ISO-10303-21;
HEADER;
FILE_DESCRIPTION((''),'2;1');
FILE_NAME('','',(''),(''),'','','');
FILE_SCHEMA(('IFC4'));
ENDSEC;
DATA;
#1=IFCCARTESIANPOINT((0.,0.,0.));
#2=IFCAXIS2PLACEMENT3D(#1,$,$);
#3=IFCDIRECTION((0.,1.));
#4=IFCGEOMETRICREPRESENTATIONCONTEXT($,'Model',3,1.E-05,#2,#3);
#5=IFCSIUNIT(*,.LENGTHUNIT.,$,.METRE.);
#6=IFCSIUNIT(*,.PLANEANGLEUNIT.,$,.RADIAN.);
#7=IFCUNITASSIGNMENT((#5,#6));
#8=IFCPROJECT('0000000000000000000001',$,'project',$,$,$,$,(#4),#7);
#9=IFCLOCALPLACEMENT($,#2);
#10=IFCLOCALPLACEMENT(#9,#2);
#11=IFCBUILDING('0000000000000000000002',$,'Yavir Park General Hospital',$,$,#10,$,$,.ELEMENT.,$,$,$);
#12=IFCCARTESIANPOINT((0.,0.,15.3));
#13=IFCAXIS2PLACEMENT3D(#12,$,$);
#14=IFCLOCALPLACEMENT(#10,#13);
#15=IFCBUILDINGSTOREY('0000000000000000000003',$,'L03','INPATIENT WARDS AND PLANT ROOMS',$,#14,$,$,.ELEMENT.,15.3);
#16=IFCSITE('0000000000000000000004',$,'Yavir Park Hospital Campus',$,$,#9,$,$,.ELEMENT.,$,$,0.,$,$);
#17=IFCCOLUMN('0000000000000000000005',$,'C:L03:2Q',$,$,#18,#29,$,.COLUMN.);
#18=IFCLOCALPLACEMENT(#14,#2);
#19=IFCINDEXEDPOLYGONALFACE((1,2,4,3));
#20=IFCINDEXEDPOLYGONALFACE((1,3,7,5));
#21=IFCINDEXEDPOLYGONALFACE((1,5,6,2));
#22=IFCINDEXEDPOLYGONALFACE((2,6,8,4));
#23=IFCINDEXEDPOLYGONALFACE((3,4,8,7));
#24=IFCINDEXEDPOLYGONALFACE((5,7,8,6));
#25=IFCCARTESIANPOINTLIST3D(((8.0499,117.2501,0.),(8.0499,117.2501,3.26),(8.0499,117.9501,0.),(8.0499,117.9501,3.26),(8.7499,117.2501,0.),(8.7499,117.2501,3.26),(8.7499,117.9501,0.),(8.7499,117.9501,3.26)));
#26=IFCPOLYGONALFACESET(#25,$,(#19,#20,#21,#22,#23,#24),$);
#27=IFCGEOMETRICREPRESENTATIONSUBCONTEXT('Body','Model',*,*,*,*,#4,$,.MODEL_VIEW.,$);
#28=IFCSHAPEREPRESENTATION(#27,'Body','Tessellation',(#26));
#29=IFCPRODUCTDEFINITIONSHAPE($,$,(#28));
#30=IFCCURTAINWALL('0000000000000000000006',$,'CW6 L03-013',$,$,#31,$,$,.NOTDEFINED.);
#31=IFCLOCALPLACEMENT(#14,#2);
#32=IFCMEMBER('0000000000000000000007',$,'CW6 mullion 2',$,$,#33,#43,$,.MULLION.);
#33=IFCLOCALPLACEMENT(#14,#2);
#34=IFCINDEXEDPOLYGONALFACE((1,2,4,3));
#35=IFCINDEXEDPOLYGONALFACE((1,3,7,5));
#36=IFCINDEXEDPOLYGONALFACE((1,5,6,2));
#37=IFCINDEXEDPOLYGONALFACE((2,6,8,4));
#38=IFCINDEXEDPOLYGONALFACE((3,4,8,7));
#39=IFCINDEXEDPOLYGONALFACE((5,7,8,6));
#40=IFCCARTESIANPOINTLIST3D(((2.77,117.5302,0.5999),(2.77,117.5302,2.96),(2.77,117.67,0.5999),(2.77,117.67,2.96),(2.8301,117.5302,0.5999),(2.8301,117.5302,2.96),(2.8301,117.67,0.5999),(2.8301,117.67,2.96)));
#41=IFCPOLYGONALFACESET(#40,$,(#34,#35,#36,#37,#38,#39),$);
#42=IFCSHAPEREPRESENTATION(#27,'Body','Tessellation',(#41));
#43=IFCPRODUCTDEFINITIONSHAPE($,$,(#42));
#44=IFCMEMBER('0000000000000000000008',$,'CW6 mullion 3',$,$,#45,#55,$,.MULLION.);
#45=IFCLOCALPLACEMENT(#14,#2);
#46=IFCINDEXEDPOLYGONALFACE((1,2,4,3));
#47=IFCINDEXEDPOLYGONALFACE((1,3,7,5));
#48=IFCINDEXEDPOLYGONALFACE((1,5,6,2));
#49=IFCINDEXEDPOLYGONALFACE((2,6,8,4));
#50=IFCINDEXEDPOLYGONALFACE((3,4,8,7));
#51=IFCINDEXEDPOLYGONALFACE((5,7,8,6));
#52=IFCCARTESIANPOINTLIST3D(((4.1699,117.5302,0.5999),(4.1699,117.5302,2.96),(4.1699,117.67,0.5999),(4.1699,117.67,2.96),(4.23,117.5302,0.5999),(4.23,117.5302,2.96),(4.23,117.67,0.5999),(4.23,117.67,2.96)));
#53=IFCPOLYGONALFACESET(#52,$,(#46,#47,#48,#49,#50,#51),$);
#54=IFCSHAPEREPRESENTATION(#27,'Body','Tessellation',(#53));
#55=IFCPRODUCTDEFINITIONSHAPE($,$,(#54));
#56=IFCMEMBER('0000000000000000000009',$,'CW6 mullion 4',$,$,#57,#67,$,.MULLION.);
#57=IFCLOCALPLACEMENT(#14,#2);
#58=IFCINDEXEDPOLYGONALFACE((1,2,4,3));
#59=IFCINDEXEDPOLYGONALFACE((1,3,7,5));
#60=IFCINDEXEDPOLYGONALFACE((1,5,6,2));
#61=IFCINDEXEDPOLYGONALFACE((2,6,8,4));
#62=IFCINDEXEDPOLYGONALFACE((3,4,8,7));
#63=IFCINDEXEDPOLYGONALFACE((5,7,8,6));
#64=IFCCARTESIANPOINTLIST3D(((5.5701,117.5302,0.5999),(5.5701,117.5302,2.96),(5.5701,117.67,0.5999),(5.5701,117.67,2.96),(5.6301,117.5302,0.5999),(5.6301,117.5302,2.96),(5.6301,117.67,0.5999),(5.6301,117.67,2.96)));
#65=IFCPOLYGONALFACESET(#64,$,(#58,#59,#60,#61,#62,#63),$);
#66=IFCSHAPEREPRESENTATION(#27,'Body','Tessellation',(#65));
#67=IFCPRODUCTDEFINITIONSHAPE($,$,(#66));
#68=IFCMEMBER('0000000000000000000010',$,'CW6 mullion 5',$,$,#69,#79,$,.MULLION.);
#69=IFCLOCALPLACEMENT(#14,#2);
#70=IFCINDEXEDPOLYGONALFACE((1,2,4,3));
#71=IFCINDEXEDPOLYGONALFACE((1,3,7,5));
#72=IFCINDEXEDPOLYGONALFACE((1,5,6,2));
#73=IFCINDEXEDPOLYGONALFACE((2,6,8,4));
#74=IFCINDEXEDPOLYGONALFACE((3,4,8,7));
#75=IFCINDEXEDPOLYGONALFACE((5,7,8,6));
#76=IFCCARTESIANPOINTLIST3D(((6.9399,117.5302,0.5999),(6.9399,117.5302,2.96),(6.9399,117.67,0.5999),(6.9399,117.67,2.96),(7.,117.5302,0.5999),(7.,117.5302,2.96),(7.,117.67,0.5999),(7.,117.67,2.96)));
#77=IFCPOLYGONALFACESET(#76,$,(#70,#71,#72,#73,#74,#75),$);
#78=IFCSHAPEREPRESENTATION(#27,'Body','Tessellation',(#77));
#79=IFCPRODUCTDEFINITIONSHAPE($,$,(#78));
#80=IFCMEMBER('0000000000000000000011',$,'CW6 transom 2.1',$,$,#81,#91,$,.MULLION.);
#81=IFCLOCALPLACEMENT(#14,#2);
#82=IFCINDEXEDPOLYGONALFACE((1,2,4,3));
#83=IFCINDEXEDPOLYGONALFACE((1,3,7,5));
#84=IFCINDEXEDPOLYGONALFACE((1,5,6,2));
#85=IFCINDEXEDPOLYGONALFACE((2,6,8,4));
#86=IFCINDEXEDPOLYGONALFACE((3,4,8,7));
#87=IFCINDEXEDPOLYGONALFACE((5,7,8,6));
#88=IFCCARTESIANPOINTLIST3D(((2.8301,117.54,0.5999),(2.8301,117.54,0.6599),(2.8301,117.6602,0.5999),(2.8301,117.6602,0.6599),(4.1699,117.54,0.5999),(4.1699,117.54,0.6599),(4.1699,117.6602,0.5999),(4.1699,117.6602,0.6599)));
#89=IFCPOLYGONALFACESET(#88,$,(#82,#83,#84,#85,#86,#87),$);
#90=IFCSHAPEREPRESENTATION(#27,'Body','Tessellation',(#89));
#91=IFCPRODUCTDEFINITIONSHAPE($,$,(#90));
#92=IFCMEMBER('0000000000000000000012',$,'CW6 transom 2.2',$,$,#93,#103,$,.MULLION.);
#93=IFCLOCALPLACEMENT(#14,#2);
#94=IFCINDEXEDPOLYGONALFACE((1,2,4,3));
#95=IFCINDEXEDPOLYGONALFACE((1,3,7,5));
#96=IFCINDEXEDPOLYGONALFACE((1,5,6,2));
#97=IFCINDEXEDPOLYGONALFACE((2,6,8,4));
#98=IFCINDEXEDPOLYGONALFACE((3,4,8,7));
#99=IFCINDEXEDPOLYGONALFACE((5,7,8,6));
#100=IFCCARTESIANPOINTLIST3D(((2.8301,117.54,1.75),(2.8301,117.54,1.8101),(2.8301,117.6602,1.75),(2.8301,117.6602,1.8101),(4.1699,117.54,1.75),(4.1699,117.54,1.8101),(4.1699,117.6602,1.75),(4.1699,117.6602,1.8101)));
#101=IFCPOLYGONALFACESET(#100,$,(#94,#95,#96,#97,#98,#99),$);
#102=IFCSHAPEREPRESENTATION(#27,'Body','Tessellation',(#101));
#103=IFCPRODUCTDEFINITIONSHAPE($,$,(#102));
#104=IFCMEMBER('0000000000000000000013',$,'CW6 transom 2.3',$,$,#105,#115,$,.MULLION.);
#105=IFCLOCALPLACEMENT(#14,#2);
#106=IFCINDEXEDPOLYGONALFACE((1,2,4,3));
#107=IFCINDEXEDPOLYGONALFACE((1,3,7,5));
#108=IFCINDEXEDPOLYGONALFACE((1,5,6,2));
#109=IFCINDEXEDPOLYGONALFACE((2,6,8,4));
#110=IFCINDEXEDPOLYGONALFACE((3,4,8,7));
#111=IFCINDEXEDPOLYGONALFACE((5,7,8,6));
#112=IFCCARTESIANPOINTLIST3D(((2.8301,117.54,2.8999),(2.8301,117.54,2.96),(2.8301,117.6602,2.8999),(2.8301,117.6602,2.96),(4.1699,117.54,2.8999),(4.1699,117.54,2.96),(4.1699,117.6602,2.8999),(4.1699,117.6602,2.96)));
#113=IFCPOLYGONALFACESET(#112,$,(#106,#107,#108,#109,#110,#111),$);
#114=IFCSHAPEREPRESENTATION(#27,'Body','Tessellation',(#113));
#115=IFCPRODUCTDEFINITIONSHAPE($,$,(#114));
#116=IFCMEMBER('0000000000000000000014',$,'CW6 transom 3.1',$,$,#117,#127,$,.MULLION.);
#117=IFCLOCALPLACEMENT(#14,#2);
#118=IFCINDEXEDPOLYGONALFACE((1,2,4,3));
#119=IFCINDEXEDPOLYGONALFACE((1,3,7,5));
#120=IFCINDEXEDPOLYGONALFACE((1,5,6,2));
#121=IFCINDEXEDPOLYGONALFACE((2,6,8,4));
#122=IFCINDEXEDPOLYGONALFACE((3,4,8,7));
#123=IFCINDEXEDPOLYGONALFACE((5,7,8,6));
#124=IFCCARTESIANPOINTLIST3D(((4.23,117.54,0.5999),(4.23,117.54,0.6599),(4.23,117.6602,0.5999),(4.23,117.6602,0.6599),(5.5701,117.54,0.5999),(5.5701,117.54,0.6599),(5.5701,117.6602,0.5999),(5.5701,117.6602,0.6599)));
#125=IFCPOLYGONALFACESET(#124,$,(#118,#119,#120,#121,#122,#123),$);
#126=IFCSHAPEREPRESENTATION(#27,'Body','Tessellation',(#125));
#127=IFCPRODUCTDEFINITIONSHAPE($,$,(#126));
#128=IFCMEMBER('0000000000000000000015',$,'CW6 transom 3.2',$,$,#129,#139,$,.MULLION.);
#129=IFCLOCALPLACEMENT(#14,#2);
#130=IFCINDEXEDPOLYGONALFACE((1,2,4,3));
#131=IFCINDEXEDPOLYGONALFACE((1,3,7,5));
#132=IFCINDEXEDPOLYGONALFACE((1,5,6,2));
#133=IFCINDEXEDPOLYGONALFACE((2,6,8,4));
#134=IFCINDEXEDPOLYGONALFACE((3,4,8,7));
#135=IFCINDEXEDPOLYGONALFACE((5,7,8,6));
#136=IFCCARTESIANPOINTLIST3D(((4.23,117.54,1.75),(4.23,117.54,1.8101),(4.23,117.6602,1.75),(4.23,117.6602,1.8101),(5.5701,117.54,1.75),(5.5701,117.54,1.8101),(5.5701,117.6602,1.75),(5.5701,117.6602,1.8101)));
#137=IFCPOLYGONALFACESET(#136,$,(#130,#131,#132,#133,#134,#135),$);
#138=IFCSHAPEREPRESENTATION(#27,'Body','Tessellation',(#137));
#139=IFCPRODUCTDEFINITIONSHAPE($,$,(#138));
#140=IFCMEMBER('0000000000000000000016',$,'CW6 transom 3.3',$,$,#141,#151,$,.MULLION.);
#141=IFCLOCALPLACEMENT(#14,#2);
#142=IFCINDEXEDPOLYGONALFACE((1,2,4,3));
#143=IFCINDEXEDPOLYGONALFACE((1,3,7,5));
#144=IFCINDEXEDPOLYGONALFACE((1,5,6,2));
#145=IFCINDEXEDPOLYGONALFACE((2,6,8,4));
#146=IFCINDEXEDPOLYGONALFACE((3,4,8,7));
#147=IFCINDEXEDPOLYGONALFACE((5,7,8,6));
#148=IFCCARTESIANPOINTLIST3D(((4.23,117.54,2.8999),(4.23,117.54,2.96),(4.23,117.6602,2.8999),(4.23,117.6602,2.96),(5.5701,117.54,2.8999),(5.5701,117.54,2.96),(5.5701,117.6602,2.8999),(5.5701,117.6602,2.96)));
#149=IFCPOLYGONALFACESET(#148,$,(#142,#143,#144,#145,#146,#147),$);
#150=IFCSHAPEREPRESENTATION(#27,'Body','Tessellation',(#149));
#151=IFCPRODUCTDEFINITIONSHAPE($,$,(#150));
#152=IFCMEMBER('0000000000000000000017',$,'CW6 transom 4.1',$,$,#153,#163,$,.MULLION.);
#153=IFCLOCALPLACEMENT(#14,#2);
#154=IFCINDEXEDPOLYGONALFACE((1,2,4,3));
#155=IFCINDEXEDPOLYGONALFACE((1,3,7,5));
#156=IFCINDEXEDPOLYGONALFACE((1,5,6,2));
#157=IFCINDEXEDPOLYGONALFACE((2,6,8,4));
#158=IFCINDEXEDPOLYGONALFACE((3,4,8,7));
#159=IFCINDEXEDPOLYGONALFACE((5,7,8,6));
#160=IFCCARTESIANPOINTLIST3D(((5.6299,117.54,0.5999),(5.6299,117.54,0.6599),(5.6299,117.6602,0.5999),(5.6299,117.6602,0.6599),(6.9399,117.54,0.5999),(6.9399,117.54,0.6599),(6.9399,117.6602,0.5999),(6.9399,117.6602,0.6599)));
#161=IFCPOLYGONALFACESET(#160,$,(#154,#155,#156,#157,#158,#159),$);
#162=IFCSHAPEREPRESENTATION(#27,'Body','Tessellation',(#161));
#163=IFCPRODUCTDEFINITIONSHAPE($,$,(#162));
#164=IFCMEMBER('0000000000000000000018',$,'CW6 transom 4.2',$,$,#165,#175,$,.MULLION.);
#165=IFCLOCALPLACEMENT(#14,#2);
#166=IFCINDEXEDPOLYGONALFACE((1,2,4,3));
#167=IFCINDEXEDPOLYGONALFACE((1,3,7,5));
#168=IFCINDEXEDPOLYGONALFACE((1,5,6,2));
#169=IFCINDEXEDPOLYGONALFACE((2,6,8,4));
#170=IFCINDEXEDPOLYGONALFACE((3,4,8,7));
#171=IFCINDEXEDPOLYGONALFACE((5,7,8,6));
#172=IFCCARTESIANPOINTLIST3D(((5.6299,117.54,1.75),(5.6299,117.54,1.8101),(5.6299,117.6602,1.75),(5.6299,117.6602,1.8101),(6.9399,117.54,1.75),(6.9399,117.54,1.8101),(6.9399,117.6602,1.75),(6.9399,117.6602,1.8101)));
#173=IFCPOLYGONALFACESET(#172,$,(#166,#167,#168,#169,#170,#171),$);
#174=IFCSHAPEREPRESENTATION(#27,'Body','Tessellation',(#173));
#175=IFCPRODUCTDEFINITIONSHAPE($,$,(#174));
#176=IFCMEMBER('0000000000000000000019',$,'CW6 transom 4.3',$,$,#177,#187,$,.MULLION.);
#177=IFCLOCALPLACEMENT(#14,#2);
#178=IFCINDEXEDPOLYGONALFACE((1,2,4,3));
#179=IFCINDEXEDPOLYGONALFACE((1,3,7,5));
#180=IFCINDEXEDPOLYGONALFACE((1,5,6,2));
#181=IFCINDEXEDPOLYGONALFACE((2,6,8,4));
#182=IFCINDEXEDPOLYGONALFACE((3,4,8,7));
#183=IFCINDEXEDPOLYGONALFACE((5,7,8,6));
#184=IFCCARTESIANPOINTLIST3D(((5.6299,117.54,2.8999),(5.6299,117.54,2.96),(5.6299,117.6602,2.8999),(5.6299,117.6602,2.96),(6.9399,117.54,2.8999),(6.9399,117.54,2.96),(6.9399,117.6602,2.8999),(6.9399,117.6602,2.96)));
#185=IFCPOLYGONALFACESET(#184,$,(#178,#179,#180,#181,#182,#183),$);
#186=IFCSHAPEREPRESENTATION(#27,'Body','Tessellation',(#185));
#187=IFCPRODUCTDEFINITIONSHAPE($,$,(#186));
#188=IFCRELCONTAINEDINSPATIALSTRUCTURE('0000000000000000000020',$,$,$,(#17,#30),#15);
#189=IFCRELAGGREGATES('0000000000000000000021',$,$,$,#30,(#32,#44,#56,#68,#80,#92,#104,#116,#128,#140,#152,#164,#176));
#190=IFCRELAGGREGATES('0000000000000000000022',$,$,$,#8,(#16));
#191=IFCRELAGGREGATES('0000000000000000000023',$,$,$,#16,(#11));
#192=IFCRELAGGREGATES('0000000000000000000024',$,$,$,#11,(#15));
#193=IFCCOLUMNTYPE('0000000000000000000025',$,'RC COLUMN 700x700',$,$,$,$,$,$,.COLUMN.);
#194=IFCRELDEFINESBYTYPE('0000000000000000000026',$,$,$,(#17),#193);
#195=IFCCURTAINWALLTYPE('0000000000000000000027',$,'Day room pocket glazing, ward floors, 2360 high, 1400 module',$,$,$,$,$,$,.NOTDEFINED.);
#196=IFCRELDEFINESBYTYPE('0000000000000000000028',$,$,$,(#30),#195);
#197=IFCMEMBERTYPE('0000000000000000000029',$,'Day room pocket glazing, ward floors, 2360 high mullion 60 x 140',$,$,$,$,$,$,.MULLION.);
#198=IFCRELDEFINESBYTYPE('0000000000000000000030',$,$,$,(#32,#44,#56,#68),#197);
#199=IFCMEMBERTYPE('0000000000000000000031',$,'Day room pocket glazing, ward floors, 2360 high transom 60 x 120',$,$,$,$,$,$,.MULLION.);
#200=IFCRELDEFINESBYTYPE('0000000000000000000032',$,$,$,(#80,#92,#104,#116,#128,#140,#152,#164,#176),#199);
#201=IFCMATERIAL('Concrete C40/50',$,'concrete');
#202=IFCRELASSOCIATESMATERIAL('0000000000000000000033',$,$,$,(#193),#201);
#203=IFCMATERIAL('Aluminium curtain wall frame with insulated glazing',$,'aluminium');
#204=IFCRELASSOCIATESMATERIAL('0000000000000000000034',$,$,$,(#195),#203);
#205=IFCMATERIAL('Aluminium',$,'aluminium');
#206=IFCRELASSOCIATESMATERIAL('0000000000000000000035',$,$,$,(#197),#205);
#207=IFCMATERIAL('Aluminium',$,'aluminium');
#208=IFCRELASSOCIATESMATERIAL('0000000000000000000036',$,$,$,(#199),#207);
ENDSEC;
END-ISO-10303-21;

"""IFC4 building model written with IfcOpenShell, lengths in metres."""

from ifc_helpers import new_model, si_unit, direction, frame, origin, origin_2d, place, context, subcontext, project, spatial, rectangle, extrude, material, material_profile, profile_set, type_object, element, aggregate, save


model = new_model("IFC4")

# Units and contexts
model_context = context("Model", 3, precision=1e-05, world=origin(), true_north=direction((0.0, 1.0)))
body_context = subcontext(model_context, "Body", "Model", "MODEL_VIEW")
ifc_project = project(units=[si_unit("LENGTHUNIT", "METRE"), si_unit("PLANEANGLEUNIT", "RADIAN")], contexts=[model_context])

# Site, building, storey
site_placement = place(None, origin())
site = spatial("IfcSite", under=ifc_project, at=site_placement, Name="Yavir Park Hospital Campus", CompositionType="ELEMENT", RefElevation=0.0)
building_placement = place(site_placement, origin())
building = spatial("IfcBuilding", under=site, at=building_placement, Name="Yavir Park General Hospital", CompositionType="ELEMENT")
storey_placement = place(building_placement, frame((0.0, 0.0, 15.3)))
storey = spatial("IfcBuildingStorey", under=building, at=storey_placement, Name="L03", Description="INPATIENT WARDS AND PLANT ROOMS", CompositionType="ELEMENT", Elevation=15.3)

# Column
ifc_material_1 = material(Name="Concrete C40/50", Category="concrete")
ifc_material_profile_1 = material_profile(ifc_material_1, rectangle(XDim=0.7, YDim=0.7, at=origin_2d()), Name="RC700x700")
ifc_profile_set_1 = profile_set([ifc_material_profile_1], Name="Concrete C40/50")
column_type = type_object("IfcColumnType", Name="RC COLUMN 700x700", PredefinedType="COLUMN", material=ifc_profile_set_1)
column_placement = place(storey_placement, frame((8.3999, 117.6001, 0.0), z_axis=(0.0, 0.0, 1.0), x_axis=(1.0, 0.0, 0.0)))
element("IfcColumn", 1, at=column_placement, inside=storey, type_object=column_type, Name="C:L03:2Q", PredefinedType="COLUMN", context=body_context, shape_type="SweptSolid", body=[
    extrude(rectangle(XDim=0.7, YDim=0.7, at=origin_2d()), origin(), (0.0, 0.0, 1.0), 3.26),
])

# Curtain wall, members
ifc_material_2 = material(Name="Aluminium curtain wall frame with insulated glazing", Category="aluminium")
curtain_wall_type = type_object("IfcCurtainWallType", Name="Day room pocket glazing, ward floors, 2360 high, 1400 module", PredefinedType="NOTDEFINED", material=ifc_material_2)
curtain_wall_placement = place(storey_placement, origin())
curtain_wall = element("IfcCurtainWall", 2, at=curtain_wall_placement, inside=storey, type_object=curtain_wall_type, Name="CW6 L03-013", PredefinedType="NOTDEFINED")
ifc_material_3 = material(Name="Aluminium", Category="aluminium")
ifc_material_profile_2 = material_profile(ifc_material_3, rectangle(XDim=0.1399, YDim=0.0601, at=origin_2d()), Name="AL 60x140")
ifc_profile_set_2 = profile_set([ifc_material_profile_2], Name="Aluminium")
member_type_1 = type_object("IfcMemberType", Name="Day room pocket glazing, ward floors, 2360 high mullion 60 x 140", PredefinedType="MULLION", material=ifc_profile_set_2)
member_1_placement = place(storey_placement, frame((2.8, 117.6001, 0.5999), z_axis=(0.0, 0.0, 1.0), x_axis=(0.0, 1.0, 0.0)))
member_1 = element("IfcMember", 3, at=member_1_placement, type_object=member_type_1, Name="CW6 mullion 2", PredefinedType="MULLION", context=body_context, shape_type="SweptSolid", body=[
    extrude(rectangle(XDim=0.1399, YDim=0.0601, at=origin_2d()), origin(), (0.0, 0.0, 1.0), 2.3601),
])
member_2_placement = place(storey_placement, frame((4.2, 117.6001, 0.5999), z_axis=(0.0, 0.0, 1.0), x_axis=(0.0, 1.0, 0.0)))
member_2 = element("IfcMember", 4, at=member_2_placement, type_object=member_type_1, Name="CW6 mullion 3", PredefinedType="MULLION", context=body_context, shape_type="SweptSolid", body=[
    extrude(rectangle(XDim=0.1399, YDim=0.0601, at=origin_2d()), origin(), (0.0, 0.0, 1.0), 2.3601),
])
member_3_placement = place(storey_placement, frame((5.6001, 117.6001, 0.5999), z_axis=(0.0, 0.0, 1.0), x_axis=(0.0, 1.0, 0.0)))
member_3 = element("IfcMember", 5, at=member_3_placement, type_object=member_type_1, Name="CW6 mullion 4", PredefinedType="MULLION", context=body_context, shape_type="SweptSolid", body=[
    extrude(rectangle(XDim=0.1399, YDim=0.0601, at=origin_2d()), origin(), (0.0, 0.0, 1.0), 2.3601),
])
member_4_placement = place(storey_placement, frame((6.97, 117.6001, 0.5999), z_axis=(0.0, 0.0, 1.0), x_axis=(0.0, 1.0, 0.0)))
member_4 = element("IfcMember", 6, at=member_4_placement, type_object=member_type_1, Name="CW6 mullion 5", PredefinedType="MULLION", context=body_context, shape_type="SweptSolid", body=[
    extrude(rectangle(XDim=0.1399, YDim=0.0601, at=origin_2d()), origin(), (0.0, 0.0, 1.0), 2.3601),
])
ifc_material_4 = material(Name="Aluminium", Category="aluminium")
ifc_material_profile_3 = material_profile(ifc_material_4, rectangle(XDim=0.1201, YDim=0.0601, at=origin_2d()), Name="AL 120x60")
ifc_profile_set_3 = profile_set([ifc_material_profile_3], Name="Aluminium")
member_type_2 = type_object("IfcMemberType", Name="Day room pocket glazing, ward floors, 2360 high transom 60 x 120", PredefinedType="MULLION", material=ifc_profile_set_3)
member_5_placement = place(storey_placement, frame((2.8301, 117.6001, 0.6299), z_axis=(1.0, 0.0, 0.0), x_axis=(0.0, 1.0, 0.0)))
member_5 = element("IfcMember", 7, at=member_5_placement, type_object=member_type_2, Name="CW6 transom 2.1", PredefinedType="MULLION", context=body_context, shape_type="SweptSolid", body=[
    extrude(rectangle(XDim=0.1201, YDim=0.0601, at=origin_2d()), origin(), (0.0, 0.0, 1.0), 1.3398),
])
member_6_placement = place(storey_placement, frame((2.8301, 117.6001, 1.78), z_axis=(1.0, 0.0, 0.0), x_axis=(0.0, 1.0, 0.0)))
member_6 = element("IfcMember", 8, at=member_6_placement, type_object=member_type_2, Name="CW6 transom 2.2", PredefinedType="MULLION", context=body_context, shape_type="SweptSolid", body=[
    extrude(rectangle(XDim=0.1201, YDim=0.0601, at=origin_2d()), origin(), (0.0, 0.0, 1.0), 1.3398),
])
member_7_placement = place(storey_placement, frame((2.8301, 117.6001, 2.9299), z_axis=(1.0, 0.0, 0.0), x_axis=(0.0, 1.0, 0.0)))
member_7 = element("IfcMember", 9, at=member_7_placement, type_object=member_type_2, Name="CW6 transom 2.3", PredefinedType="MULLION", context=body_context, shape_type="SweptSolid", body=[
    extrude(rectangle(XDim=0.1201, YDim=0.0601, at=origin_2d()), origin(), (0.0, 0.0, 1.0), 1.3398),
])
member_8_placement = place(storey_placement, frame((4.23, 117.6001, 0.6299), z_axis=(1.0, 0.0, 0.0), x_axis=(0.0, 1.0, 0.0)))
member_8 = element("IfcMember", 10, at=member_8_placement, type_object=member_type_2, Name="CW6 transom 3.1", PredefinedType="MULLION", context=body_context, shape_type="SweptSolid", body=[
    extrude(rectangle(XDim=0.1201, YDim=0.0601, at=origin_2d()), origin(), (0.0, 0.0, 1.0), 1.3401),
])
member_9_placement = place(storey_placement, frame((4.23, 117.6001, 1.78), z_axis=(1.0, 0.0, 0.0), x_axis=(0.0, 1.0, 0.0)))
member_9 = element("IfcMember", 11, at=member_9_placement, type_object=member_type_2, Name="CW6 transom 3.2", PredefinedType="MULLION", context=body_context, shape_type="SweptSolid", body=[
    extrude(rectangle(XDim=0.1201, YDim=0.0601, at=origin_2d()), origin(), (0.0, 0.0, 1.0), 1.3401),
])
member_10_placement = place(storey_placement, frame((4.23, 117.6001, 2.9299), z_axis=(1.0, 0.0, 0.0), x_axis=(0.0, 1.0, 0.0)))
member_10 = element("IfcMember", 12, at=member_10_placement, type_object=member_type_2, Name="CW6 transom 3.3", PredefinedType="MULLION", context=body_context, shape_type="SweptSolid", body=[
    extrude(rectangle(XDim=0.1201, YDim=0.0601, at=origin_2d()), origin(), (0.0, 0.0, 1.0), 1.3401),
])
member_11_placement = place(storey_placement, frame((5.6299, 117.6001, 0.6299), z_axis=(1.0, 0.0, 0.0), x_axis=(0.0, 1.0, 0.0)))
member_11 = element("IfcMember", 13, at=member_11_placement, type_object=member_type_2, Name="CW6 transom 4.1", PredefinedType="MULLION", context=body_context, shape_type="SweptSolid", body=[
    extrude(rectangle(XDim=0.1201, YDim=0.0601, at=origin_2d()), origin(), (0.0, 0.0, 1.0), 1.3101),
])
member_12_placement = place(storey_placement, frame((5.6299, 117.6001, 1.78), z_axis=(1.0, 0.0, 0.0), x_axis=(0.0, 1.0, 0.0)))
member_12 = element("IfcMember", 14, at=member_12_placement, type_object=member_type_2, Name="CW6 transom 4.2", PredefinedType="MULLION", context=body_context, shape_type="SweptSolid", body=[
    extrude(rectangle(XDim=0.1201, YDim=0.0601, at=origin_2d()), origin(), (0.0, 0.0, 1.0), 1.3101),
])
member_13_placement = place(storey_placement, frame((5.6299, 117.6001, 2.9299), z_axis=(1.0, 0.0, 0.0), x_axis=(0.0, 1.0, 0.0)))
member_13 = element("IfcMember", 15, at=member_13_placement, type_object=member_type_2, Name="CW6 transom 4.3", PredefinedType="MULLION", context=body_context, shape_type="SweptSolid", body=[
    extrude(rectangle(XDim=0.1201, YDim=0.0601, at=origin_2d()), origin(), (0.0, 0.0, 1.0), 1.3101),
])
aggregate(curtain_wall, [member_1, member_2, member_3, member_4, member_5, member_6, member_7, member_8, member_9, member_10, member_11, member_12, member_13])

save(model, "model.ifc")
